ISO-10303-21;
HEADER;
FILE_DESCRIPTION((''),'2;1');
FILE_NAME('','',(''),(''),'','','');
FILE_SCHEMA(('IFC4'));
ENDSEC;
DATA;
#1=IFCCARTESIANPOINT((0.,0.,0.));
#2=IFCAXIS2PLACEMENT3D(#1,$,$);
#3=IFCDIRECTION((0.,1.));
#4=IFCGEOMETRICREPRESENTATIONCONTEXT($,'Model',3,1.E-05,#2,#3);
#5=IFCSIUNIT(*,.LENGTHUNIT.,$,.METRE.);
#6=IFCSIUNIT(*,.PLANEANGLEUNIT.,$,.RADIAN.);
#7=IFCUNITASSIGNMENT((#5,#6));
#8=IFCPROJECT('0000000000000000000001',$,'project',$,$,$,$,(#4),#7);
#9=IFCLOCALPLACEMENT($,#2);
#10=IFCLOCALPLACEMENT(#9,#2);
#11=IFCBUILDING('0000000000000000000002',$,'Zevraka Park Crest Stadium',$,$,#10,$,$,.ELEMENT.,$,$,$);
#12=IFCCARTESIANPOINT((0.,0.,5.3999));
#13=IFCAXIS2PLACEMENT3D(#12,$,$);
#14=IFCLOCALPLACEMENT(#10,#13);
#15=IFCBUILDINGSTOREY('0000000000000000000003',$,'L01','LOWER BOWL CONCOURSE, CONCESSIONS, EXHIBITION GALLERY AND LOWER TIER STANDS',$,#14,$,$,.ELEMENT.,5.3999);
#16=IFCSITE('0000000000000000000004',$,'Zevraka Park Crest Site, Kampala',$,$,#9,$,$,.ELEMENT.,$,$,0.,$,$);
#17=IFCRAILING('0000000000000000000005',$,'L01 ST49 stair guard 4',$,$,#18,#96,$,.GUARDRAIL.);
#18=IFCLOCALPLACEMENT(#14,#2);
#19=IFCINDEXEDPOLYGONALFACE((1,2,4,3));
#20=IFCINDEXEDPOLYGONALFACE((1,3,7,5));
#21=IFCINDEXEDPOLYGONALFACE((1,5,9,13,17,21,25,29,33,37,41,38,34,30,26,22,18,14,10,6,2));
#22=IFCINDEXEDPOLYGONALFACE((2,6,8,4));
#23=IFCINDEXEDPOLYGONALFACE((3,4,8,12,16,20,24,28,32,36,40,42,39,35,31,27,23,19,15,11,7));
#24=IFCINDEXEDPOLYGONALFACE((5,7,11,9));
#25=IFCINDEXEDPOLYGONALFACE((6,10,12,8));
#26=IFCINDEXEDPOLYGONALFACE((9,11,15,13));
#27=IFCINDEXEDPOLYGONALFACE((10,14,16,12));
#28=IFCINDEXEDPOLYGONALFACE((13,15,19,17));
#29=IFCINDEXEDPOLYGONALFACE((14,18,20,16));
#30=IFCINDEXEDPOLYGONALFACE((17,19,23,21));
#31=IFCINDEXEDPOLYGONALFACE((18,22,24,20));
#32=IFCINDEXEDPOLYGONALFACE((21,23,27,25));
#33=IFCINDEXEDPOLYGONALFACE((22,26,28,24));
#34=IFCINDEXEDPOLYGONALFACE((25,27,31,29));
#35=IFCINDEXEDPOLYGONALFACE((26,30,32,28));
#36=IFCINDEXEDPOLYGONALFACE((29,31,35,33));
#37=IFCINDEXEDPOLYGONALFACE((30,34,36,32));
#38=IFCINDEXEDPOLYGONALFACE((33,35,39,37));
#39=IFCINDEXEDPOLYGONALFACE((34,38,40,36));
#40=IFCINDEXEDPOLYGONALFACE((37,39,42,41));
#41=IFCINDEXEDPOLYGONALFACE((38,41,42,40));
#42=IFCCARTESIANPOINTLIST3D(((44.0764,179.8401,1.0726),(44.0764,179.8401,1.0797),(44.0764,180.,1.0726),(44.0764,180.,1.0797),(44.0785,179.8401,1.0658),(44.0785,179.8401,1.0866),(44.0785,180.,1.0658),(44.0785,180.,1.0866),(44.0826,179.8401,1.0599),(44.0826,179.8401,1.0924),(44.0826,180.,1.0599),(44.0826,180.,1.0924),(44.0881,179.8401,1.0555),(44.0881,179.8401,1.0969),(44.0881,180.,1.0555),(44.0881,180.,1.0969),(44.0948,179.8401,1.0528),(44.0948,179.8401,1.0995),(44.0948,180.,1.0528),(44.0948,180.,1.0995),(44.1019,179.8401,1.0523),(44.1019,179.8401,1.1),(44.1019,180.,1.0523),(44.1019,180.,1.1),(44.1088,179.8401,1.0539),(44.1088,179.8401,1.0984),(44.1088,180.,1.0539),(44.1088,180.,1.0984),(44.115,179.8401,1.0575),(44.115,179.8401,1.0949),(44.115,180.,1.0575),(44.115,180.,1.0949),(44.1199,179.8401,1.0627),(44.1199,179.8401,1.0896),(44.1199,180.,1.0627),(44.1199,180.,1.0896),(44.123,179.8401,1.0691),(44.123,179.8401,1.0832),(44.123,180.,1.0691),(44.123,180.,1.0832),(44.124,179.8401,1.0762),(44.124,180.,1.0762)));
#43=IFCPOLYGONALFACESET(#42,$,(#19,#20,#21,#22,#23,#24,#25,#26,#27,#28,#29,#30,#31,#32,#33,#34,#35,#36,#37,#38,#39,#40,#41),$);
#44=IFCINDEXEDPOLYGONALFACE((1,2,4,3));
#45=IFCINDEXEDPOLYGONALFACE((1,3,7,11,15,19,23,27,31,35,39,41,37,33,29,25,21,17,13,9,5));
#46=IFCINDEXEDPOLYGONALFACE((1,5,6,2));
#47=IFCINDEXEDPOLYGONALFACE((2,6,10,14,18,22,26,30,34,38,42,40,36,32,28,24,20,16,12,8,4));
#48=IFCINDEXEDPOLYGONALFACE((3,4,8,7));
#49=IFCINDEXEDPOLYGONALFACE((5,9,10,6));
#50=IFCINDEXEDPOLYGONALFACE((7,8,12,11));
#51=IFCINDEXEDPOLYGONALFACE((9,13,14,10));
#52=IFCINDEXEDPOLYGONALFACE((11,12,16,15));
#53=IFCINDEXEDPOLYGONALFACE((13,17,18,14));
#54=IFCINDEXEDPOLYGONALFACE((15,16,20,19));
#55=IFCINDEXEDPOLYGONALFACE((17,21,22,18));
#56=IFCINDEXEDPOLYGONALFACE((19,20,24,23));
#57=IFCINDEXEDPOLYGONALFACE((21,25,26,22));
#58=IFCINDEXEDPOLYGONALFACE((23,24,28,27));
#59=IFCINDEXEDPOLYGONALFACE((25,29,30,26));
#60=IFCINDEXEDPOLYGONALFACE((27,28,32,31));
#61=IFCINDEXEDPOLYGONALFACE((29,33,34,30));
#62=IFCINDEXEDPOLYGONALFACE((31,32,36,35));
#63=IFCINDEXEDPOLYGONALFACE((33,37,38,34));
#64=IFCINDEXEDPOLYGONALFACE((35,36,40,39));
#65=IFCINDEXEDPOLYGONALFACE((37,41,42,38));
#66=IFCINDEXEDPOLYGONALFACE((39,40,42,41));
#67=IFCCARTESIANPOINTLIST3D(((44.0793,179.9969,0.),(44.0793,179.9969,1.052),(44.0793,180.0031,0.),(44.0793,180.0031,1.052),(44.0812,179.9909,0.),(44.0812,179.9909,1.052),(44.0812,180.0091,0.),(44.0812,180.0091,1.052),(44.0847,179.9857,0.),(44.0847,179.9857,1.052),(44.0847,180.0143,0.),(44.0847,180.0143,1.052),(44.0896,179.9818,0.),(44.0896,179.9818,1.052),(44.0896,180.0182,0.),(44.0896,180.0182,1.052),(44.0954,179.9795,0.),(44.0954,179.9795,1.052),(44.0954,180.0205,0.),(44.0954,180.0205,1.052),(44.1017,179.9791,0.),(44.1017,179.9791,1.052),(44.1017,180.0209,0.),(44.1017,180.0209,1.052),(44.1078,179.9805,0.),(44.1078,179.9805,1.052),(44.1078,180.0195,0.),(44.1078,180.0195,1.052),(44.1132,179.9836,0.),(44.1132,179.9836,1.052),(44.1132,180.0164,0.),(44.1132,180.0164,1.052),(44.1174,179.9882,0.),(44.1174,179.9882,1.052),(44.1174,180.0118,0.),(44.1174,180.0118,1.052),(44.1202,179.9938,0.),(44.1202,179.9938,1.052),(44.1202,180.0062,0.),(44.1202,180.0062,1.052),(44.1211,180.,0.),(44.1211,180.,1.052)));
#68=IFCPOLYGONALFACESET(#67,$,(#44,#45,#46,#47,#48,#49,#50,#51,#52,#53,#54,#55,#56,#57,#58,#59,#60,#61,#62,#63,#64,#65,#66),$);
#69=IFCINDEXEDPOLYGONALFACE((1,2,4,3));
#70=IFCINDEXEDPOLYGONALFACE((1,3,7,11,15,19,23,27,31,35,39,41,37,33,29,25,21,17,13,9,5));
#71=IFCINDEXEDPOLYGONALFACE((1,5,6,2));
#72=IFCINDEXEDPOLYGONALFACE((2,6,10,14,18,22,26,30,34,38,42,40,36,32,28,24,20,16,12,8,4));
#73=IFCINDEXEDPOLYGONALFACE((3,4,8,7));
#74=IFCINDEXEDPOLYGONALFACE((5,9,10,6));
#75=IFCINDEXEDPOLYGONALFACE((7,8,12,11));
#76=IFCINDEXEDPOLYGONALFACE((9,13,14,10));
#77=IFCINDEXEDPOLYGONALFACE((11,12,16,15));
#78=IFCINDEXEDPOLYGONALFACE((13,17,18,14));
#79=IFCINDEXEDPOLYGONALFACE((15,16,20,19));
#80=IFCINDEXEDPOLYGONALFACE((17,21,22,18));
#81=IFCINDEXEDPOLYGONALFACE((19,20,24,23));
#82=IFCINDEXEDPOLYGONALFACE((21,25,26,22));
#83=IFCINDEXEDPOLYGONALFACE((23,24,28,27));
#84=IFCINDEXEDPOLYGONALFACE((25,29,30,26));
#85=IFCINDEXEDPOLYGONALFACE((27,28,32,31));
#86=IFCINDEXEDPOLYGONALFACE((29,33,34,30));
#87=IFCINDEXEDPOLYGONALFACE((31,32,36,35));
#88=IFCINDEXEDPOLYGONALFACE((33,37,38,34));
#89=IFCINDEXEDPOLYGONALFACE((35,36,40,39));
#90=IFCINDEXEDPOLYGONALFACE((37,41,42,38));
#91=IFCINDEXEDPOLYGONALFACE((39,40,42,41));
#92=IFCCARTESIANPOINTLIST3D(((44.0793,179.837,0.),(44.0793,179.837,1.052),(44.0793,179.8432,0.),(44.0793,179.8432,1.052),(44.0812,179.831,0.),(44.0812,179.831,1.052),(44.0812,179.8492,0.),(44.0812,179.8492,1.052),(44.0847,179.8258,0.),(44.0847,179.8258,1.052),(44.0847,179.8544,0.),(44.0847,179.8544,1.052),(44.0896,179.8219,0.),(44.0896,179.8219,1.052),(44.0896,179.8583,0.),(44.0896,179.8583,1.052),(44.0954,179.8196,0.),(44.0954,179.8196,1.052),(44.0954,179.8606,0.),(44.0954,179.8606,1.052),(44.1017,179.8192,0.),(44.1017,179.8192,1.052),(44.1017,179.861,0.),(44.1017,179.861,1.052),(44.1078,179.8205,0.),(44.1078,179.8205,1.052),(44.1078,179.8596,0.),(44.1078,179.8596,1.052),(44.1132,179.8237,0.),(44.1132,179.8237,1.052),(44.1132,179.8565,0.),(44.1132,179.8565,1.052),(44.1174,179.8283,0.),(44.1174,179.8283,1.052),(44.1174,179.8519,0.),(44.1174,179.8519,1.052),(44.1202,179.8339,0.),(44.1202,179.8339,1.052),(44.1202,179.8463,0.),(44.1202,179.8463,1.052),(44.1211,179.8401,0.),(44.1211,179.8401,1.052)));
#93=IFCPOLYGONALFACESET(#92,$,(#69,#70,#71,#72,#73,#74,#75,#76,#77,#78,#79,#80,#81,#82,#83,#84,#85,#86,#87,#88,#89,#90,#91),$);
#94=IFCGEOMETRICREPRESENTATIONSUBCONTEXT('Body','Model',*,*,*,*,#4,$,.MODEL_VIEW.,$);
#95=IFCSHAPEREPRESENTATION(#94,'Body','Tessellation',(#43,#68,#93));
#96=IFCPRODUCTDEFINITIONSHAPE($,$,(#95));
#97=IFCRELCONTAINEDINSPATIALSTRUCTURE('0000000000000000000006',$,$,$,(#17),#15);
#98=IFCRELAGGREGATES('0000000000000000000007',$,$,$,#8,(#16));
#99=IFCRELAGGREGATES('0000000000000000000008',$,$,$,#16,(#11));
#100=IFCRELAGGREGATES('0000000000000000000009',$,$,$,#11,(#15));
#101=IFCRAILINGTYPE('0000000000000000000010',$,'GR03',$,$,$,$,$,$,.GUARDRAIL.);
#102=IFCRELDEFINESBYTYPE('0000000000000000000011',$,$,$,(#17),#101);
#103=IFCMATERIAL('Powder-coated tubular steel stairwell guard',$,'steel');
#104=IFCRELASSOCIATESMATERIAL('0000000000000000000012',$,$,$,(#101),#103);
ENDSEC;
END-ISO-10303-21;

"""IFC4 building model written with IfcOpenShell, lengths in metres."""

from ifc_helpers import new_model, si_unit, direction, frame, origin, origin_2d, place, context, subcontext, project, spatial, circle, extrude, material, type_object, element, save


model = new_model("IFC4")

# Units and contexts
model_context = context("Model", 3, precision=1e-05, world=origin(), true_north=direction((0.0, 1.0)))
body_context = subcontext(model_context, "Body", "Model", "MODEL_VIEW")
ifc_project = project(units=[si_unit("LENGTHUNIT", "METRE"), si_unit("PLANEANGLEUNIT", "RADIAN")], contexts=[model_context])

# Site, building, storey
site_placement = place(None, origin())
site = spatial("IfcSite", under=ifc_project, at=site_placement, Name="Zevraka Park Crest Site, Kampala", CompositionType="ELEMENT", RefElevation=0.0)
building_placement = place(site_placement, origin())
building = spatial("IfcBuilding", under=site, at=building_placement, Name="Zevraka Park Crest Stadium", CompositionType="ELEMENT")
storey_placement = place(building_placement, frame((0.0, 0.0, 5.3999)))
storey = spatial("IfcBuildingStorey", under=building, at=storey_placement, Name="L01", Description="LOWER BOWL CONCOURSE, CONCESSIONS, EXHIBITION GALLERY AND LOWER TIER STANDS", CompositionType="ELEMENT", Elevation=5.3999)

# Railing
ifc_material_1 = material(Name="Powder-coated tubular steel stairwell guard", Category="steel")
railing_type_1 = type_object("IfcRailingType", Name="GR03", PredefinedType="GUARDRAIL", material=ifc_material_1)
railing_1_placement = place(storey_placement, frame((44.1001, 180.0, 0.0)))
element("IfcRailing", 1, at=railing_1_placement, inside=storey, type_object=railing_type_1, Name="L01 ST49 stair guard 4", PredefinedType="GUARDRAIL", context=body_context, shape_type="SweptSolid", body=[
    extrude(circle(Radius=0.0239, at=origin_2d()), frame((0.0, 0.0, 1.0762), z_axis=(0.0, -1.0, 0.0), x_axis=(1.0, 0.0, 0.0)), (0.0, 0.0, 1.0), 0.1599),
    extrude(circle(Radius=0.021, at=origin_2d()), origin(), (0.0, 0.0, 1.0), 1.052),
    extrude(circle(Radius=0.021, at=origin_2d()), frame((0.0, -0.1599, 0.0)), (0.0, 0.0, 1.0), 1.052),
])

save(model, "model.ifc")
